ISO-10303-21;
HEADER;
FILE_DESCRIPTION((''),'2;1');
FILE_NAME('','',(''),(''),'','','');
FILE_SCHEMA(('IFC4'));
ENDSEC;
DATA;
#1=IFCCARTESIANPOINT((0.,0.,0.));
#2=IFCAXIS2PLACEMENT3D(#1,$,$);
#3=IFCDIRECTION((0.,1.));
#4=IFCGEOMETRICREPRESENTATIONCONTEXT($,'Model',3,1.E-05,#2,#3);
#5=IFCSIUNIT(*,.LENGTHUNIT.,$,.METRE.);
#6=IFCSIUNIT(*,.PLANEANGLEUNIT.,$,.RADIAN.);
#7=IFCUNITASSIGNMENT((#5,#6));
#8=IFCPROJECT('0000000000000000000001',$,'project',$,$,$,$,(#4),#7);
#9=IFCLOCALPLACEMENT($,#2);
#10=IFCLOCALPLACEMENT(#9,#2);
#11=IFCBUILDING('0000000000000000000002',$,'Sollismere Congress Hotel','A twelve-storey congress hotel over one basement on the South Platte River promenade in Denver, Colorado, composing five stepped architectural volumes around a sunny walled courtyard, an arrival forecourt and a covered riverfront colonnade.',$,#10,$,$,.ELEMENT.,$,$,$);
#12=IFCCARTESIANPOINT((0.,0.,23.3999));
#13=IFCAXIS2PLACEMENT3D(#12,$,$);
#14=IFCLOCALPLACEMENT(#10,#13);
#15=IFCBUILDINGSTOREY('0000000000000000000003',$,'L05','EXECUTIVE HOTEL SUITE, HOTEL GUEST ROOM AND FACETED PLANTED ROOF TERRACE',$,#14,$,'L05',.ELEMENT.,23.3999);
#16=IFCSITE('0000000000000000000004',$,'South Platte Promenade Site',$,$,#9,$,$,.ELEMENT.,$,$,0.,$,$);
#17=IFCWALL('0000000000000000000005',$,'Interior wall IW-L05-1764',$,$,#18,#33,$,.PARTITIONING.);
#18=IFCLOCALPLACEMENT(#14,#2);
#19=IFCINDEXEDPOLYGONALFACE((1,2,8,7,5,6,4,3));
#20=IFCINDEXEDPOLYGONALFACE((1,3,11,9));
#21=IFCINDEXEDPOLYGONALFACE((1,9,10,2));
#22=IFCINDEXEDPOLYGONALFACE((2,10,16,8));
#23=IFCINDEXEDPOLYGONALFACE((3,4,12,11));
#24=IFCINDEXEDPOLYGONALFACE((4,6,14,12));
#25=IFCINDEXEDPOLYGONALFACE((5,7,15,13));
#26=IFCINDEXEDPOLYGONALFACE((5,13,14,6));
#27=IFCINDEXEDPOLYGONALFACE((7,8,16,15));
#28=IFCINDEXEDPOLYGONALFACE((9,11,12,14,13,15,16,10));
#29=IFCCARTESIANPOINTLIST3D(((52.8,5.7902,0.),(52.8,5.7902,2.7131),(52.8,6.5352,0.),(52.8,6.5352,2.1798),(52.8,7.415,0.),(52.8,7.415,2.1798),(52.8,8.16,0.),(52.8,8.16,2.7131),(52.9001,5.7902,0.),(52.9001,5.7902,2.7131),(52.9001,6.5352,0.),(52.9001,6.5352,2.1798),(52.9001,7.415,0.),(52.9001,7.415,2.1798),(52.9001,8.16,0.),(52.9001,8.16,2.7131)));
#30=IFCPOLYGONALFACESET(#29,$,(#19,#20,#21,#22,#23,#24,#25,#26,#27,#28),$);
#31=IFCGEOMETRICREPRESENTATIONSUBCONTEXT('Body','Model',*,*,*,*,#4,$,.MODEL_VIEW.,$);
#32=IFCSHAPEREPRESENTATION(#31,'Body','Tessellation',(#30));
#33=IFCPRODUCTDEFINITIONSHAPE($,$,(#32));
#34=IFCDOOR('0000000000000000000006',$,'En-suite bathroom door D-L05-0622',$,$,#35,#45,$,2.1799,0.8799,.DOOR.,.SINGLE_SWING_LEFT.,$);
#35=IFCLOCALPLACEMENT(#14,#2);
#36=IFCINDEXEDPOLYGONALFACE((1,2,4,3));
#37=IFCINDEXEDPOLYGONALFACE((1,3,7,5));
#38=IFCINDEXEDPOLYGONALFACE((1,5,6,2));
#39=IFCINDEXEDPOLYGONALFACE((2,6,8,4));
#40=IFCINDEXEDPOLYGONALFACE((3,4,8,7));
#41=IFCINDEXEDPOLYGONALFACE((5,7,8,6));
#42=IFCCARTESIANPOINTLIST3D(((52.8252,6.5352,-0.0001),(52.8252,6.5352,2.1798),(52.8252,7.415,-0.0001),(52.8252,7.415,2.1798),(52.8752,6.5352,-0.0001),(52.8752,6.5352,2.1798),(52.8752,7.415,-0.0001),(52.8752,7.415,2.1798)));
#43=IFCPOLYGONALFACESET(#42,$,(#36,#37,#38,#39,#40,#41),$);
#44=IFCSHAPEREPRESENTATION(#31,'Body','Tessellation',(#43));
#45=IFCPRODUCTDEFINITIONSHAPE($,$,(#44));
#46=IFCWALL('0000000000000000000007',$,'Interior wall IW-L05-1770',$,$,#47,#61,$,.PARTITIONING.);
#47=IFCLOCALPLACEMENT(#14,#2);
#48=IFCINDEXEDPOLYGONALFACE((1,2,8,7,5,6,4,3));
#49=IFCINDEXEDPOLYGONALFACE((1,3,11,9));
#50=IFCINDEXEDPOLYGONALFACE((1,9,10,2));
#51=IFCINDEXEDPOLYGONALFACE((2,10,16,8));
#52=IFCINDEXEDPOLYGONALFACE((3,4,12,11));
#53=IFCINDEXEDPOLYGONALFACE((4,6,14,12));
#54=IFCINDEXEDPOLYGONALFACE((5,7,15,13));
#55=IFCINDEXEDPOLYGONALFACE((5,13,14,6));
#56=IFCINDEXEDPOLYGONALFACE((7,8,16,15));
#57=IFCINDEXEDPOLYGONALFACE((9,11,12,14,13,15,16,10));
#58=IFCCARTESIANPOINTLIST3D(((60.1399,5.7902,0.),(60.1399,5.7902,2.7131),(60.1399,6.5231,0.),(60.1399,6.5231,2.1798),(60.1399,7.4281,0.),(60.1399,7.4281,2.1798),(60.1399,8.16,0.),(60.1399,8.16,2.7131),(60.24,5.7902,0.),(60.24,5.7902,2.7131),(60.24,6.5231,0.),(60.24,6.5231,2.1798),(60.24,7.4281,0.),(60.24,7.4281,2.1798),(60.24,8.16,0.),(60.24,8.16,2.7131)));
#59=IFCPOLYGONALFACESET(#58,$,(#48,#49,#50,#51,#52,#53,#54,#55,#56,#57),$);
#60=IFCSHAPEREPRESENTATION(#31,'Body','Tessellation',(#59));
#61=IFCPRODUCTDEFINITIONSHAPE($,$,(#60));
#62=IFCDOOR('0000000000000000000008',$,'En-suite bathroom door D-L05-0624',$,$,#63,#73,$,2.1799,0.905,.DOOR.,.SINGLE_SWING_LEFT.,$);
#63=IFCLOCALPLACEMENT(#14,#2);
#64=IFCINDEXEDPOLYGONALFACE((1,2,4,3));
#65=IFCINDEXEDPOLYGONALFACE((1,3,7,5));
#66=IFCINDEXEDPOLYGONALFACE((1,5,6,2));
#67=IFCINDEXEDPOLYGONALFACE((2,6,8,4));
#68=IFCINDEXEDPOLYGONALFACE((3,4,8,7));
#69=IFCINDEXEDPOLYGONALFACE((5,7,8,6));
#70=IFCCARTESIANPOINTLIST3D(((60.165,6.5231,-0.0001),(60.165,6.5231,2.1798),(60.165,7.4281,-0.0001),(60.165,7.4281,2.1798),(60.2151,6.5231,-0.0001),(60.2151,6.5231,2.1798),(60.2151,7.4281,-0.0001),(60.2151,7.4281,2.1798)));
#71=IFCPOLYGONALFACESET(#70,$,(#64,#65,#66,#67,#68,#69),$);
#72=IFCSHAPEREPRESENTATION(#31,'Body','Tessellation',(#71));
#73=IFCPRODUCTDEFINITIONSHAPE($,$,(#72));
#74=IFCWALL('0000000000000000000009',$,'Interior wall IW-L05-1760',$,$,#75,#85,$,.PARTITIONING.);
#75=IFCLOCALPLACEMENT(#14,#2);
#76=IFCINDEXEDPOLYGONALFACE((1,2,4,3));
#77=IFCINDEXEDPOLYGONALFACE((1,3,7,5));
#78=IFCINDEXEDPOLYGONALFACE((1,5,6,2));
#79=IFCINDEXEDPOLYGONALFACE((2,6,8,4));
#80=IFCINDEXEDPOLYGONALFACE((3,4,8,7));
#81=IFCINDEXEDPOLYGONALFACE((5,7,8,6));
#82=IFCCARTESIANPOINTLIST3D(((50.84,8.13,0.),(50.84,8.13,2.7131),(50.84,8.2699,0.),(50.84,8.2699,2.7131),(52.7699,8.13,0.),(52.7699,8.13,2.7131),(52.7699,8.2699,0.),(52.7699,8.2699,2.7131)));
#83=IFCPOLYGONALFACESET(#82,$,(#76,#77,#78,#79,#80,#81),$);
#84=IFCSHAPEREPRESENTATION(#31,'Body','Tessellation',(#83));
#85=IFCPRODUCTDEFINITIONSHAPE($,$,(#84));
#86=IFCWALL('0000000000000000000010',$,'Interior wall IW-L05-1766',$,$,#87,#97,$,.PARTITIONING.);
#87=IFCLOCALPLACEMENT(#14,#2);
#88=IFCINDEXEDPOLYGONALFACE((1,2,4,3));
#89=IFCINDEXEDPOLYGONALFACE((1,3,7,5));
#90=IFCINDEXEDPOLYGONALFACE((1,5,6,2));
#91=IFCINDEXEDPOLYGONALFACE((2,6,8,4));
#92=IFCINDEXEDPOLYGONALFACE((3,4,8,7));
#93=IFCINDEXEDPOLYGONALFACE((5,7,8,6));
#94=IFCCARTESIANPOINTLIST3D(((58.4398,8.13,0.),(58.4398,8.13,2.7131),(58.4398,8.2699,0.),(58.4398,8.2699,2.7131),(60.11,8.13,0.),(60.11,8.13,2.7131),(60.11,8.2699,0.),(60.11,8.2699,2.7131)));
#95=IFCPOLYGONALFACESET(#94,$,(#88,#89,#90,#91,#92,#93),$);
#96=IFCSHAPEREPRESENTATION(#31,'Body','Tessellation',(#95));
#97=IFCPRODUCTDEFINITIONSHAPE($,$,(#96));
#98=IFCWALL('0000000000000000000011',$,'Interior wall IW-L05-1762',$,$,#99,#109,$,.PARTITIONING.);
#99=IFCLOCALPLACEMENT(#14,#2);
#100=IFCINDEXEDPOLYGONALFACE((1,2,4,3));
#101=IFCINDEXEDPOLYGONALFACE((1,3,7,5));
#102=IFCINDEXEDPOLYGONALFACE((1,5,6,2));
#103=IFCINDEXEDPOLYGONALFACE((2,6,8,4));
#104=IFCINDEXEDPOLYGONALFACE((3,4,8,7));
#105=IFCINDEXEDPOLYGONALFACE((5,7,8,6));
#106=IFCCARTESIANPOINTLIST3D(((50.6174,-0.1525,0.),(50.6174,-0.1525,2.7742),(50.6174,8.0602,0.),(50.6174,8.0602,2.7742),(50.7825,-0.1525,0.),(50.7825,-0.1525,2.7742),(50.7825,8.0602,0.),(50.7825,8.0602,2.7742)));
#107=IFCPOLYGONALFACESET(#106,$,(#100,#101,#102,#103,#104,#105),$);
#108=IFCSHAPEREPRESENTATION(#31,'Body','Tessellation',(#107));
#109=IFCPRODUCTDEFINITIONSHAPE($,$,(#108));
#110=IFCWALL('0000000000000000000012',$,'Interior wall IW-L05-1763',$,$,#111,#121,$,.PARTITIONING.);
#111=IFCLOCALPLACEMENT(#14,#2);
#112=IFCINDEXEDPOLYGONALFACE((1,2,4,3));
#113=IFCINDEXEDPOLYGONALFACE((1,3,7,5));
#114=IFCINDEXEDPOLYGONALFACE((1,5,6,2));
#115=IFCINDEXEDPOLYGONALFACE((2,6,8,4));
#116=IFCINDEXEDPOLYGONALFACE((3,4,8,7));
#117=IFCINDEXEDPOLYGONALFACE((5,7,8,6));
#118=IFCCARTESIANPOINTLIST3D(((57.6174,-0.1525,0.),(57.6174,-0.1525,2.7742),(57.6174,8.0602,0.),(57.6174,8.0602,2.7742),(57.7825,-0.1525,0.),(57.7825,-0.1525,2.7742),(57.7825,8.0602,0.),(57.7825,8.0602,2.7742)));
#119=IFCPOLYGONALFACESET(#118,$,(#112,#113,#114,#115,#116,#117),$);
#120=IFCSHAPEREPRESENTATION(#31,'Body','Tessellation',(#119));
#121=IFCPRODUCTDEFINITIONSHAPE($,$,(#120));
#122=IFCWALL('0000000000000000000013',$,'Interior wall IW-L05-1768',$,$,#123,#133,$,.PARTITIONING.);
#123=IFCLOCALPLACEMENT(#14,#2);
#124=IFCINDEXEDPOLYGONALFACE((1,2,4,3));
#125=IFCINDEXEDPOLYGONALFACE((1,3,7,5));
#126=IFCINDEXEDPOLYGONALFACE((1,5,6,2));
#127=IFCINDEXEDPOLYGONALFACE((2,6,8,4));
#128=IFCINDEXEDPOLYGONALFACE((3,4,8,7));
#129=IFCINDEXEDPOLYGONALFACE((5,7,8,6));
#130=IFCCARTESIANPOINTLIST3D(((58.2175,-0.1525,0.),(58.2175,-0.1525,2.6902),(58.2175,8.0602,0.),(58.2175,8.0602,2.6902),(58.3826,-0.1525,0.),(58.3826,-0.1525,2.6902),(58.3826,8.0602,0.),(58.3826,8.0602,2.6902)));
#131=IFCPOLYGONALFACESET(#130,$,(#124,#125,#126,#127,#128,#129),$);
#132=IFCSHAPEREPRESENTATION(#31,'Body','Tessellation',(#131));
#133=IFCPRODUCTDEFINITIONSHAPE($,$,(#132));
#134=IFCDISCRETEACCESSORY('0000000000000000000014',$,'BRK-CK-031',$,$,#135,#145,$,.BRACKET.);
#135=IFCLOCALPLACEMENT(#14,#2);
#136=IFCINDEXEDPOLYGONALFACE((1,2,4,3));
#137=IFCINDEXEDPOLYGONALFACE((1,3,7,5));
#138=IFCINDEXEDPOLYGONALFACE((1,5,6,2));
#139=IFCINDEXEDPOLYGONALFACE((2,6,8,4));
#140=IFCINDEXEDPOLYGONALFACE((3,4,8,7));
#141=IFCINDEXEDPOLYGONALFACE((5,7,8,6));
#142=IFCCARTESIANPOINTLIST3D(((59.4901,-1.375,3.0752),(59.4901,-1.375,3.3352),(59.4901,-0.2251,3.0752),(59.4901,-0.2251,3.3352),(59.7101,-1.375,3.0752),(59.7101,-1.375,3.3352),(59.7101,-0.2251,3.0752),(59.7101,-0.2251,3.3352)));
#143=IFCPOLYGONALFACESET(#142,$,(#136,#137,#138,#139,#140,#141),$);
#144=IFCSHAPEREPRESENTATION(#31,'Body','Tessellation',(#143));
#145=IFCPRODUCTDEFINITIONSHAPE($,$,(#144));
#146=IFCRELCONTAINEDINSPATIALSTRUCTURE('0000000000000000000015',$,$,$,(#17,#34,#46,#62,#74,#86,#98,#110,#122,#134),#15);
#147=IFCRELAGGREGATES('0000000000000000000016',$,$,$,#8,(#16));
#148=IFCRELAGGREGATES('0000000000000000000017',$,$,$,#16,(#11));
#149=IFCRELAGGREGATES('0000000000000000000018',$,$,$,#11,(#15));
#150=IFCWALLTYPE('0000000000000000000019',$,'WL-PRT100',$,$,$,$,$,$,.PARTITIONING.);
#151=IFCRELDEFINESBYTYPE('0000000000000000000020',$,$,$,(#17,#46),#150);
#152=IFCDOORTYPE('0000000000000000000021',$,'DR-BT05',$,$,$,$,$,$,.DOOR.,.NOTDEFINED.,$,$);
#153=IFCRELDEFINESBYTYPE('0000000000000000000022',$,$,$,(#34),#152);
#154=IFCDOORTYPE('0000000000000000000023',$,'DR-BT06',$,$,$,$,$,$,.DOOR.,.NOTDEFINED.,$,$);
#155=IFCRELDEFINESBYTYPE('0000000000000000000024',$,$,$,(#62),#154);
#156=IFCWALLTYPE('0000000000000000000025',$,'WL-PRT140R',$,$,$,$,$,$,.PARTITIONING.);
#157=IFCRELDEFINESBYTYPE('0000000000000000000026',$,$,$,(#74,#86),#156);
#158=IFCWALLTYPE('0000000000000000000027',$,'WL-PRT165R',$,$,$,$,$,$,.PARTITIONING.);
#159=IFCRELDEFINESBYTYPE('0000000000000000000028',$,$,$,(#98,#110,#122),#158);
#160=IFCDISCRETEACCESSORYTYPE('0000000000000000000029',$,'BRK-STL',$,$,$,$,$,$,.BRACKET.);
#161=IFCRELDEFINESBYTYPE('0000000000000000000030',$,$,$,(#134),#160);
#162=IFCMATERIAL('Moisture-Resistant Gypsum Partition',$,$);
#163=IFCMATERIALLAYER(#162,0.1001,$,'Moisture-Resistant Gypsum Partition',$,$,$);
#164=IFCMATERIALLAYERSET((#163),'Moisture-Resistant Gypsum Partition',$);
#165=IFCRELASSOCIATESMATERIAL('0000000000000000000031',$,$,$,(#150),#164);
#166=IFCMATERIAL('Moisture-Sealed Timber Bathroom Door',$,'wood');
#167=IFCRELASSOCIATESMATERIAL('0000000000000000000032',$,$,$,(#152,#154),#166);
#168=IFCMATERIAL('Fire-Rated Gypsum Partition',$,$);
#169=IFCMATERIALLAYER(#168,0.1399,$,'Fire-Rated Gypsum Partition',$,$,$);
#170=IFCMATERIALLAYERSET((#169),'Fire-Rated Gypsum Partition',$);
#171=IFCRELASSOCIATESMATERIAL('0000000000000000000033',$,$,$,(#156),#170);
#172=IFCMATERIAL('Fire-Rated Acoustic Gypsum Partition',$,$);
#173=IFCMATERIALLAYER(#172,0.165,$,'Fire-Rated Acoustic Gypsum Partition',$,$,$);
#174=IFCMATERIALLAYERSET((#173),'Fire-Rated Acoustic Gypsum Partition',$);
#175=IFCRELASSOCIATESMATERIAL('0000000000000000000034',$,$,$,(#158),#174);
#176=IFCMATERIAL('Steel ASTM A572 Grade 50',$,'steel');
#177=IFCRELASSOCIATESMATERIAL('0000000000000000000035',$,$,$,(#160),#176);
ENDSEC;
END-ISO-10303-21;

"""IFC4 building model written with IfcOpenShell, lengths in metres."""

from ifc_helpers import new_model, si_unit, direction, frame, frame_2d, origin, origin_2d, place, context, subcontext, project, spatial, rectangle, extrude, material, layer, layer_set, type_object, element, fill, save


model = new_model("IFC4")

# Units and contexts
model_context = context("Model", 3, precision=1e-05, world=origin(), true_north=direction((0.0, 1.0)))
body_context = subcontext(model_context, "Body", "Model", "MODEL_VIEW")
ifc_project = project(units=[si_unit("LENGTHUNIT", "METRE"), si_unit("PLANEANGLEUNIT", "RADIAN")], contexts=[model_context])

# Site, building, storey
site_placement = place(None, origin())
site = spatial("IfcSite", under=ifc_project, at=site_placement, Name="South Platte Promenade Site", CompositionType="ELEMENT", RefElevation=0.0)
building_placement = place(site_placement, origin())
building = spatial("IfcBuilding", under=site, at=building_placement, Name="Sollismere Congress Hotel", Description="A twelve-storey congress hotel over one basement on the South Platte River promenade in Denver, Colorado, composing five stepped architectural volumes around a sunny walled courtyard, an arrival forecourt and a covered riverfront colonnade.", CompositionType="ELEMENT")
storey_placement = place(building_placement, frame((0.0, 0.0, 23.3999)))
storey = spatial("IfcBuildingStorey", under=building, at=storey_placement, Name="L05", Description="EXECUTIVE HOTEL SUITE, HOTEL GUEST ROOM AND FACETED PLANTED ROOF TERRACE", LongName="L05", CompositionType="ELEMENT", Elevation=23.3999)

# Walls, openings, doors
ifc_material_1 = material(Name="Moisture-Resistant Gypsum Partition")
ifc_layer_1 = layer(ifc_material_1, 0.1001, Name="Moisture-Resistant Gypsum Partition")
ifc_layer_set_1 = layer_set([ifc_layer_1], Name="Moisture-Resistant Gypsum Partition")
wall_type_1 = type_object("IfcWallType", Name="WL-PRT100", PredefinedType="PARTITIONING", material=ifc_layer_set_1)
wall_1_placement = place(storey_placement, frame((52.8501, 5.79, 0.0), z_axis=(0.0, 0.0, 1.0), x_axis=(0.0, 1.0, 0.0)))
wall_1 = element("IfcWall", 1, at=wall_1_placement, inside=storey, type_object=wall_type_1, Name="Interior wall IW-L05-1764", PredefinedType="PARTITIONING", context=body_context, shape_type="SweptSolid", body=[
    extrude(rectangle(XDim=2.3699, YDim=0.1001, at=frame_2d((1.1851, 0.0))), origin(), (0.0, 0.0, 1.0), 2.7131),
])
opening_1_placement = place(wall_1_placement, frame((0.7451, 0.0, 0.0)))
opening_1 = element("IfcOpeningElement", 2, at=opening_1_placement, cuts=wall_1, PredefinedType="OPENING", context=body_context, shape_type="SweptSolid", body=[
    extrude(rectangle(XDim=0.8799, YDim=2.1799, at=frame_2d((0.4399, 1.0898))), frame((0.0, 0.0601, 0.0), z_axis=(0.0, -1.0, 0.0), x_axis=(1.0, 0.0, 0.0)), (0.0, 0.0, 1.0), 0.1201),
])
ifc_material_2 = material(Name="Moisture-Sealed Timber Bathroom Door", Category="wood")
door_type_1 = type_object("IfcDoorType", Name="DR-BT05", OperationType="NOTDEFINED", PredefinedType="DOOR", material=ifc_material_2)
door_1_placement = place(opening_1_placement, origin())
door_1 = element("IfcDoor", 3, at=door_1_placement, inside=storey, type_object=door_type_1, Name="En-suite bathroom door D-L05-0622", OperationType="SINGLE_SWING_LEFT", OverallHeight=2.1799, OverallWidth=0.8799, PredefinedType="DOOR", context=body_context, shape_type="SweptSolid", body=[
    extrude(rectangle(XDim=0.8799, YDim=2.1799, at=frame_2d((0.4399, 1.0898))), frame((0.0, 0.0249, 0.0), z_axis=(0.0, -1.0, 0.0), x_axis=(1.0, 0.0, 0.0)), (0.0, 0.0, 1.0), 0.05),
])
fill(opening_1, door_1)
wall_2_placement = place(storey_placement, frame((60.1899, 5.79, 0.0), z_axis=(0.0, 0.0, 1.0), x_axis=(0.0, 1.0, 0.0)))
wall_2 = element("IfcWall", 4, at=wall_2_placement, inside=storey, type_object=wall_type_1, Name="Interior wall IW-L05-1770", PredefinedType="PARTITIONING", context=body_context, shape_type="SweptSolid", body=[
    extrude(rectangle(XDim=2.3699, YDim=0.1001, at=frame_2d((1.1851, 0.0))), origin(), (0.0, 0.0, 1.0), 2.7131),
])
opening_2_placement = place(wall_2_placement, frame((0.7329, 0.0, 0.0)))
opening_2 = element("IfcOpeningElement", 5, at=opening_2_placement, cuts=wall_2, PredefinedType="OPENING", context=body_context, shape_type="SweptSolid", body=[
    extrude(rectangle(XDim=0.905, YDim=2.1799, at=frame_2d((0.4526, 1.0898))), frame((0.0, 0.0601, 0.0), z_axis=(0.0, -1.0, 0.0), x_axis=(1.0, 0.0, 0.0)), (0.0, 0.0, 1.0), 0.1201),
])
door_type_2 = type_object("IfcDoorType", Name="DR-BT06", OperationType="NOTDEFINED", PredefinedType="DOOR", material=ifc_material_2)
door_2_placement = place(opening_2_placement, origin())
door_2 = element("IfcDoor", 6, at=door_2_placement, inside=storey, type_object=door_type_2, Name="En-suite bathroom door D-L05-0624", OperationType="SINGLE_SWING_LEFT", OverallHeight=2.1799, OverallWidth=0.905, PredefinedType="DOOR", context=body_context, shape_type="SweptSolid", body=[
    extrude(rectangle(XDim=0.905, YDim=2.1799, at=frame_2d((0.4526, 1.0898))), frame((0.0, 0.0249, 0.0), z_axis=(0.0, -1.0, 0.0), x_axis=(1.0, 0.0, 0.0)), (0.0, 0.0, 1.0), 0.05),
])
fill(opening_2, door_2)

# Wall
ifc_material_3 = material(Name="Fire-Rated Gypsum Partition")
ifc_layer_2 = layer(ifc_material_3, 0.1399, Name="Fire-Rated Gypsum Partition")
ifc_layer_set_2 = layer_set([ifc_layer_2], Name="Fire-Rated Gypsum Partition")
wall_type_2 = type_object("IfcWallType", Name="WL-PRT140R", PredefinedType="PARTITIONING", material=ifc_layer_set_2)
wall_3_placement = place(storey_placement, frame((50.8401, 8.2, 0.0), z_axis=(0.0, 0.0, 1.0), x_axis=(1.0, 0.0, 0.0)))
element("IfcWall", 7, at=wall_3_placement, inside=storey, type_object=wall_type_2, Name="Interior wall IW-L05-1760", PredefinedType="PARTITIONING", context=body_context, shape_type="SweptSolid", body=[
    extrude(rectangle(XDim=1.9299, YDim=0.1399, at=frame_2d((0.9648, 0.0))), origin(), (0.0, 0.0, 1.0), 2.7131),
])

# Wall
wall_4_placement = place(storey_placement, frame((58.4399, 8.2, 0.0), z_axis=(0.0, 0.0, 1.0), x_axis=(1.0, 0.0, 0.0)))
element("IfcWall", 8, at=wall_4_placement, inside=storey, type_object=wall_type_2, Name="Interior wall IW-L05-1766", PredefinedType="PARTITIONING", context=body_context, shape_type="SweptSolid", body=[
    extrude(rectangle(XDim=1.6702, YDim=0.1399, at=frame_2d((0.835, 0.0))), origin(), (0.0, 0.0, 1.0), 2.7131),
])

# Walls
ifc_material_4 = material(Name="Fire-Rated Acoustic Gypsum Partition")
ifc_layer_3 = layer(ifc_material_4, 0.165, Name="Fire-Rated Acoustic Gypsum Partition")
ifc_layer_set_3 = layer_set([ifc_layer_3], Name="Fire-Rated Acoustic Gypsum Partition")
wall_type_3 = type_object("IfcWallType", Name="WL-PRT165R", PredefinedType="PARTITIONING", material=ifc_layer_set_3)
for number, where, z_axis, x_axis, name in (
    (9, (50.7, -0.1526, 0.0), (0.0, 0.0, 1.0), (0.0, 1.0, 0.0), "Interior wall IW-L05-1762"),
    (10, (57.7, -0.1526, 0.0), (0.0, 0.0, 1.0), (0.0, 1.0, 0.0), "Interior wall IW-L05-1763"),
):
    element("IfcWall", number, at=place(storey_placement, frame(where, z_axis=z_axis, x_axis=x_axis)), inside=storey, type_object=wall_type_3, Name=name, PredefinedType="PARTITIONING", context=body_context, shape_type="SweptSolid", body=[
        extrude(rectangle(XDim=8.2126, YDim=0.165, at=frame_2d((4.1064, 0.0))), origin(), (0.0, 0.0, 1.0), 2.7742),
    ])
wall_5_placement = place(storey_placement, frame((58.3, -0.1526, 0.0), z_axis=(0.0, 0.0, 1.0), x_axis=(0.0, 1.0, 0.0)))
element("IfcWall", 11, at=wall_5_placement, inside=storey, type_object=wall_type_3, Name="Interior wall IW-L05-1768", PredefinedType="PARTITIONING", context=body_context, shape_type="SweptSolid", body=[
    extrude(rectangle(XDim=8.2126, YDim=0.165, at=frame_2d((4.1064, 0.0))), origin(), (0.0, 0.0, 1.0), 2.6902),
])

# Discrete accessory
ifc_material_5 = material(Name="Steel ASTM A572 Grade 50", Category="steel")
discrete_accessory_type = type_object("IfcDiscreteAccessoryType", Name="BRK-STL", PredefinedType="BRACKET", material=ifc_material_5)
discrete_accessory_placement = place(storey_placement, frame((59.6001, -0.8, 3.0752), z_axis=(0.0, 0.0, 1.0), x_axis=(1.0, 0.0, 0.0)))
element("IfcDiscreteAccessory", 12, at=discrete_accessory_placement, inside=storey, type_object=discrete_accessory_type, Name="BRK-CK-031", PredefinedType="BRACKET", context=body_context, shape_type="SweptSolid", body=[
    extrude(rectangle(XDim=0.22, YDim=1.1499, at=origin_2d()), origin(), (0.0, 0.0, 1.0), 0.26),
])

save(model, "model.ifc")
